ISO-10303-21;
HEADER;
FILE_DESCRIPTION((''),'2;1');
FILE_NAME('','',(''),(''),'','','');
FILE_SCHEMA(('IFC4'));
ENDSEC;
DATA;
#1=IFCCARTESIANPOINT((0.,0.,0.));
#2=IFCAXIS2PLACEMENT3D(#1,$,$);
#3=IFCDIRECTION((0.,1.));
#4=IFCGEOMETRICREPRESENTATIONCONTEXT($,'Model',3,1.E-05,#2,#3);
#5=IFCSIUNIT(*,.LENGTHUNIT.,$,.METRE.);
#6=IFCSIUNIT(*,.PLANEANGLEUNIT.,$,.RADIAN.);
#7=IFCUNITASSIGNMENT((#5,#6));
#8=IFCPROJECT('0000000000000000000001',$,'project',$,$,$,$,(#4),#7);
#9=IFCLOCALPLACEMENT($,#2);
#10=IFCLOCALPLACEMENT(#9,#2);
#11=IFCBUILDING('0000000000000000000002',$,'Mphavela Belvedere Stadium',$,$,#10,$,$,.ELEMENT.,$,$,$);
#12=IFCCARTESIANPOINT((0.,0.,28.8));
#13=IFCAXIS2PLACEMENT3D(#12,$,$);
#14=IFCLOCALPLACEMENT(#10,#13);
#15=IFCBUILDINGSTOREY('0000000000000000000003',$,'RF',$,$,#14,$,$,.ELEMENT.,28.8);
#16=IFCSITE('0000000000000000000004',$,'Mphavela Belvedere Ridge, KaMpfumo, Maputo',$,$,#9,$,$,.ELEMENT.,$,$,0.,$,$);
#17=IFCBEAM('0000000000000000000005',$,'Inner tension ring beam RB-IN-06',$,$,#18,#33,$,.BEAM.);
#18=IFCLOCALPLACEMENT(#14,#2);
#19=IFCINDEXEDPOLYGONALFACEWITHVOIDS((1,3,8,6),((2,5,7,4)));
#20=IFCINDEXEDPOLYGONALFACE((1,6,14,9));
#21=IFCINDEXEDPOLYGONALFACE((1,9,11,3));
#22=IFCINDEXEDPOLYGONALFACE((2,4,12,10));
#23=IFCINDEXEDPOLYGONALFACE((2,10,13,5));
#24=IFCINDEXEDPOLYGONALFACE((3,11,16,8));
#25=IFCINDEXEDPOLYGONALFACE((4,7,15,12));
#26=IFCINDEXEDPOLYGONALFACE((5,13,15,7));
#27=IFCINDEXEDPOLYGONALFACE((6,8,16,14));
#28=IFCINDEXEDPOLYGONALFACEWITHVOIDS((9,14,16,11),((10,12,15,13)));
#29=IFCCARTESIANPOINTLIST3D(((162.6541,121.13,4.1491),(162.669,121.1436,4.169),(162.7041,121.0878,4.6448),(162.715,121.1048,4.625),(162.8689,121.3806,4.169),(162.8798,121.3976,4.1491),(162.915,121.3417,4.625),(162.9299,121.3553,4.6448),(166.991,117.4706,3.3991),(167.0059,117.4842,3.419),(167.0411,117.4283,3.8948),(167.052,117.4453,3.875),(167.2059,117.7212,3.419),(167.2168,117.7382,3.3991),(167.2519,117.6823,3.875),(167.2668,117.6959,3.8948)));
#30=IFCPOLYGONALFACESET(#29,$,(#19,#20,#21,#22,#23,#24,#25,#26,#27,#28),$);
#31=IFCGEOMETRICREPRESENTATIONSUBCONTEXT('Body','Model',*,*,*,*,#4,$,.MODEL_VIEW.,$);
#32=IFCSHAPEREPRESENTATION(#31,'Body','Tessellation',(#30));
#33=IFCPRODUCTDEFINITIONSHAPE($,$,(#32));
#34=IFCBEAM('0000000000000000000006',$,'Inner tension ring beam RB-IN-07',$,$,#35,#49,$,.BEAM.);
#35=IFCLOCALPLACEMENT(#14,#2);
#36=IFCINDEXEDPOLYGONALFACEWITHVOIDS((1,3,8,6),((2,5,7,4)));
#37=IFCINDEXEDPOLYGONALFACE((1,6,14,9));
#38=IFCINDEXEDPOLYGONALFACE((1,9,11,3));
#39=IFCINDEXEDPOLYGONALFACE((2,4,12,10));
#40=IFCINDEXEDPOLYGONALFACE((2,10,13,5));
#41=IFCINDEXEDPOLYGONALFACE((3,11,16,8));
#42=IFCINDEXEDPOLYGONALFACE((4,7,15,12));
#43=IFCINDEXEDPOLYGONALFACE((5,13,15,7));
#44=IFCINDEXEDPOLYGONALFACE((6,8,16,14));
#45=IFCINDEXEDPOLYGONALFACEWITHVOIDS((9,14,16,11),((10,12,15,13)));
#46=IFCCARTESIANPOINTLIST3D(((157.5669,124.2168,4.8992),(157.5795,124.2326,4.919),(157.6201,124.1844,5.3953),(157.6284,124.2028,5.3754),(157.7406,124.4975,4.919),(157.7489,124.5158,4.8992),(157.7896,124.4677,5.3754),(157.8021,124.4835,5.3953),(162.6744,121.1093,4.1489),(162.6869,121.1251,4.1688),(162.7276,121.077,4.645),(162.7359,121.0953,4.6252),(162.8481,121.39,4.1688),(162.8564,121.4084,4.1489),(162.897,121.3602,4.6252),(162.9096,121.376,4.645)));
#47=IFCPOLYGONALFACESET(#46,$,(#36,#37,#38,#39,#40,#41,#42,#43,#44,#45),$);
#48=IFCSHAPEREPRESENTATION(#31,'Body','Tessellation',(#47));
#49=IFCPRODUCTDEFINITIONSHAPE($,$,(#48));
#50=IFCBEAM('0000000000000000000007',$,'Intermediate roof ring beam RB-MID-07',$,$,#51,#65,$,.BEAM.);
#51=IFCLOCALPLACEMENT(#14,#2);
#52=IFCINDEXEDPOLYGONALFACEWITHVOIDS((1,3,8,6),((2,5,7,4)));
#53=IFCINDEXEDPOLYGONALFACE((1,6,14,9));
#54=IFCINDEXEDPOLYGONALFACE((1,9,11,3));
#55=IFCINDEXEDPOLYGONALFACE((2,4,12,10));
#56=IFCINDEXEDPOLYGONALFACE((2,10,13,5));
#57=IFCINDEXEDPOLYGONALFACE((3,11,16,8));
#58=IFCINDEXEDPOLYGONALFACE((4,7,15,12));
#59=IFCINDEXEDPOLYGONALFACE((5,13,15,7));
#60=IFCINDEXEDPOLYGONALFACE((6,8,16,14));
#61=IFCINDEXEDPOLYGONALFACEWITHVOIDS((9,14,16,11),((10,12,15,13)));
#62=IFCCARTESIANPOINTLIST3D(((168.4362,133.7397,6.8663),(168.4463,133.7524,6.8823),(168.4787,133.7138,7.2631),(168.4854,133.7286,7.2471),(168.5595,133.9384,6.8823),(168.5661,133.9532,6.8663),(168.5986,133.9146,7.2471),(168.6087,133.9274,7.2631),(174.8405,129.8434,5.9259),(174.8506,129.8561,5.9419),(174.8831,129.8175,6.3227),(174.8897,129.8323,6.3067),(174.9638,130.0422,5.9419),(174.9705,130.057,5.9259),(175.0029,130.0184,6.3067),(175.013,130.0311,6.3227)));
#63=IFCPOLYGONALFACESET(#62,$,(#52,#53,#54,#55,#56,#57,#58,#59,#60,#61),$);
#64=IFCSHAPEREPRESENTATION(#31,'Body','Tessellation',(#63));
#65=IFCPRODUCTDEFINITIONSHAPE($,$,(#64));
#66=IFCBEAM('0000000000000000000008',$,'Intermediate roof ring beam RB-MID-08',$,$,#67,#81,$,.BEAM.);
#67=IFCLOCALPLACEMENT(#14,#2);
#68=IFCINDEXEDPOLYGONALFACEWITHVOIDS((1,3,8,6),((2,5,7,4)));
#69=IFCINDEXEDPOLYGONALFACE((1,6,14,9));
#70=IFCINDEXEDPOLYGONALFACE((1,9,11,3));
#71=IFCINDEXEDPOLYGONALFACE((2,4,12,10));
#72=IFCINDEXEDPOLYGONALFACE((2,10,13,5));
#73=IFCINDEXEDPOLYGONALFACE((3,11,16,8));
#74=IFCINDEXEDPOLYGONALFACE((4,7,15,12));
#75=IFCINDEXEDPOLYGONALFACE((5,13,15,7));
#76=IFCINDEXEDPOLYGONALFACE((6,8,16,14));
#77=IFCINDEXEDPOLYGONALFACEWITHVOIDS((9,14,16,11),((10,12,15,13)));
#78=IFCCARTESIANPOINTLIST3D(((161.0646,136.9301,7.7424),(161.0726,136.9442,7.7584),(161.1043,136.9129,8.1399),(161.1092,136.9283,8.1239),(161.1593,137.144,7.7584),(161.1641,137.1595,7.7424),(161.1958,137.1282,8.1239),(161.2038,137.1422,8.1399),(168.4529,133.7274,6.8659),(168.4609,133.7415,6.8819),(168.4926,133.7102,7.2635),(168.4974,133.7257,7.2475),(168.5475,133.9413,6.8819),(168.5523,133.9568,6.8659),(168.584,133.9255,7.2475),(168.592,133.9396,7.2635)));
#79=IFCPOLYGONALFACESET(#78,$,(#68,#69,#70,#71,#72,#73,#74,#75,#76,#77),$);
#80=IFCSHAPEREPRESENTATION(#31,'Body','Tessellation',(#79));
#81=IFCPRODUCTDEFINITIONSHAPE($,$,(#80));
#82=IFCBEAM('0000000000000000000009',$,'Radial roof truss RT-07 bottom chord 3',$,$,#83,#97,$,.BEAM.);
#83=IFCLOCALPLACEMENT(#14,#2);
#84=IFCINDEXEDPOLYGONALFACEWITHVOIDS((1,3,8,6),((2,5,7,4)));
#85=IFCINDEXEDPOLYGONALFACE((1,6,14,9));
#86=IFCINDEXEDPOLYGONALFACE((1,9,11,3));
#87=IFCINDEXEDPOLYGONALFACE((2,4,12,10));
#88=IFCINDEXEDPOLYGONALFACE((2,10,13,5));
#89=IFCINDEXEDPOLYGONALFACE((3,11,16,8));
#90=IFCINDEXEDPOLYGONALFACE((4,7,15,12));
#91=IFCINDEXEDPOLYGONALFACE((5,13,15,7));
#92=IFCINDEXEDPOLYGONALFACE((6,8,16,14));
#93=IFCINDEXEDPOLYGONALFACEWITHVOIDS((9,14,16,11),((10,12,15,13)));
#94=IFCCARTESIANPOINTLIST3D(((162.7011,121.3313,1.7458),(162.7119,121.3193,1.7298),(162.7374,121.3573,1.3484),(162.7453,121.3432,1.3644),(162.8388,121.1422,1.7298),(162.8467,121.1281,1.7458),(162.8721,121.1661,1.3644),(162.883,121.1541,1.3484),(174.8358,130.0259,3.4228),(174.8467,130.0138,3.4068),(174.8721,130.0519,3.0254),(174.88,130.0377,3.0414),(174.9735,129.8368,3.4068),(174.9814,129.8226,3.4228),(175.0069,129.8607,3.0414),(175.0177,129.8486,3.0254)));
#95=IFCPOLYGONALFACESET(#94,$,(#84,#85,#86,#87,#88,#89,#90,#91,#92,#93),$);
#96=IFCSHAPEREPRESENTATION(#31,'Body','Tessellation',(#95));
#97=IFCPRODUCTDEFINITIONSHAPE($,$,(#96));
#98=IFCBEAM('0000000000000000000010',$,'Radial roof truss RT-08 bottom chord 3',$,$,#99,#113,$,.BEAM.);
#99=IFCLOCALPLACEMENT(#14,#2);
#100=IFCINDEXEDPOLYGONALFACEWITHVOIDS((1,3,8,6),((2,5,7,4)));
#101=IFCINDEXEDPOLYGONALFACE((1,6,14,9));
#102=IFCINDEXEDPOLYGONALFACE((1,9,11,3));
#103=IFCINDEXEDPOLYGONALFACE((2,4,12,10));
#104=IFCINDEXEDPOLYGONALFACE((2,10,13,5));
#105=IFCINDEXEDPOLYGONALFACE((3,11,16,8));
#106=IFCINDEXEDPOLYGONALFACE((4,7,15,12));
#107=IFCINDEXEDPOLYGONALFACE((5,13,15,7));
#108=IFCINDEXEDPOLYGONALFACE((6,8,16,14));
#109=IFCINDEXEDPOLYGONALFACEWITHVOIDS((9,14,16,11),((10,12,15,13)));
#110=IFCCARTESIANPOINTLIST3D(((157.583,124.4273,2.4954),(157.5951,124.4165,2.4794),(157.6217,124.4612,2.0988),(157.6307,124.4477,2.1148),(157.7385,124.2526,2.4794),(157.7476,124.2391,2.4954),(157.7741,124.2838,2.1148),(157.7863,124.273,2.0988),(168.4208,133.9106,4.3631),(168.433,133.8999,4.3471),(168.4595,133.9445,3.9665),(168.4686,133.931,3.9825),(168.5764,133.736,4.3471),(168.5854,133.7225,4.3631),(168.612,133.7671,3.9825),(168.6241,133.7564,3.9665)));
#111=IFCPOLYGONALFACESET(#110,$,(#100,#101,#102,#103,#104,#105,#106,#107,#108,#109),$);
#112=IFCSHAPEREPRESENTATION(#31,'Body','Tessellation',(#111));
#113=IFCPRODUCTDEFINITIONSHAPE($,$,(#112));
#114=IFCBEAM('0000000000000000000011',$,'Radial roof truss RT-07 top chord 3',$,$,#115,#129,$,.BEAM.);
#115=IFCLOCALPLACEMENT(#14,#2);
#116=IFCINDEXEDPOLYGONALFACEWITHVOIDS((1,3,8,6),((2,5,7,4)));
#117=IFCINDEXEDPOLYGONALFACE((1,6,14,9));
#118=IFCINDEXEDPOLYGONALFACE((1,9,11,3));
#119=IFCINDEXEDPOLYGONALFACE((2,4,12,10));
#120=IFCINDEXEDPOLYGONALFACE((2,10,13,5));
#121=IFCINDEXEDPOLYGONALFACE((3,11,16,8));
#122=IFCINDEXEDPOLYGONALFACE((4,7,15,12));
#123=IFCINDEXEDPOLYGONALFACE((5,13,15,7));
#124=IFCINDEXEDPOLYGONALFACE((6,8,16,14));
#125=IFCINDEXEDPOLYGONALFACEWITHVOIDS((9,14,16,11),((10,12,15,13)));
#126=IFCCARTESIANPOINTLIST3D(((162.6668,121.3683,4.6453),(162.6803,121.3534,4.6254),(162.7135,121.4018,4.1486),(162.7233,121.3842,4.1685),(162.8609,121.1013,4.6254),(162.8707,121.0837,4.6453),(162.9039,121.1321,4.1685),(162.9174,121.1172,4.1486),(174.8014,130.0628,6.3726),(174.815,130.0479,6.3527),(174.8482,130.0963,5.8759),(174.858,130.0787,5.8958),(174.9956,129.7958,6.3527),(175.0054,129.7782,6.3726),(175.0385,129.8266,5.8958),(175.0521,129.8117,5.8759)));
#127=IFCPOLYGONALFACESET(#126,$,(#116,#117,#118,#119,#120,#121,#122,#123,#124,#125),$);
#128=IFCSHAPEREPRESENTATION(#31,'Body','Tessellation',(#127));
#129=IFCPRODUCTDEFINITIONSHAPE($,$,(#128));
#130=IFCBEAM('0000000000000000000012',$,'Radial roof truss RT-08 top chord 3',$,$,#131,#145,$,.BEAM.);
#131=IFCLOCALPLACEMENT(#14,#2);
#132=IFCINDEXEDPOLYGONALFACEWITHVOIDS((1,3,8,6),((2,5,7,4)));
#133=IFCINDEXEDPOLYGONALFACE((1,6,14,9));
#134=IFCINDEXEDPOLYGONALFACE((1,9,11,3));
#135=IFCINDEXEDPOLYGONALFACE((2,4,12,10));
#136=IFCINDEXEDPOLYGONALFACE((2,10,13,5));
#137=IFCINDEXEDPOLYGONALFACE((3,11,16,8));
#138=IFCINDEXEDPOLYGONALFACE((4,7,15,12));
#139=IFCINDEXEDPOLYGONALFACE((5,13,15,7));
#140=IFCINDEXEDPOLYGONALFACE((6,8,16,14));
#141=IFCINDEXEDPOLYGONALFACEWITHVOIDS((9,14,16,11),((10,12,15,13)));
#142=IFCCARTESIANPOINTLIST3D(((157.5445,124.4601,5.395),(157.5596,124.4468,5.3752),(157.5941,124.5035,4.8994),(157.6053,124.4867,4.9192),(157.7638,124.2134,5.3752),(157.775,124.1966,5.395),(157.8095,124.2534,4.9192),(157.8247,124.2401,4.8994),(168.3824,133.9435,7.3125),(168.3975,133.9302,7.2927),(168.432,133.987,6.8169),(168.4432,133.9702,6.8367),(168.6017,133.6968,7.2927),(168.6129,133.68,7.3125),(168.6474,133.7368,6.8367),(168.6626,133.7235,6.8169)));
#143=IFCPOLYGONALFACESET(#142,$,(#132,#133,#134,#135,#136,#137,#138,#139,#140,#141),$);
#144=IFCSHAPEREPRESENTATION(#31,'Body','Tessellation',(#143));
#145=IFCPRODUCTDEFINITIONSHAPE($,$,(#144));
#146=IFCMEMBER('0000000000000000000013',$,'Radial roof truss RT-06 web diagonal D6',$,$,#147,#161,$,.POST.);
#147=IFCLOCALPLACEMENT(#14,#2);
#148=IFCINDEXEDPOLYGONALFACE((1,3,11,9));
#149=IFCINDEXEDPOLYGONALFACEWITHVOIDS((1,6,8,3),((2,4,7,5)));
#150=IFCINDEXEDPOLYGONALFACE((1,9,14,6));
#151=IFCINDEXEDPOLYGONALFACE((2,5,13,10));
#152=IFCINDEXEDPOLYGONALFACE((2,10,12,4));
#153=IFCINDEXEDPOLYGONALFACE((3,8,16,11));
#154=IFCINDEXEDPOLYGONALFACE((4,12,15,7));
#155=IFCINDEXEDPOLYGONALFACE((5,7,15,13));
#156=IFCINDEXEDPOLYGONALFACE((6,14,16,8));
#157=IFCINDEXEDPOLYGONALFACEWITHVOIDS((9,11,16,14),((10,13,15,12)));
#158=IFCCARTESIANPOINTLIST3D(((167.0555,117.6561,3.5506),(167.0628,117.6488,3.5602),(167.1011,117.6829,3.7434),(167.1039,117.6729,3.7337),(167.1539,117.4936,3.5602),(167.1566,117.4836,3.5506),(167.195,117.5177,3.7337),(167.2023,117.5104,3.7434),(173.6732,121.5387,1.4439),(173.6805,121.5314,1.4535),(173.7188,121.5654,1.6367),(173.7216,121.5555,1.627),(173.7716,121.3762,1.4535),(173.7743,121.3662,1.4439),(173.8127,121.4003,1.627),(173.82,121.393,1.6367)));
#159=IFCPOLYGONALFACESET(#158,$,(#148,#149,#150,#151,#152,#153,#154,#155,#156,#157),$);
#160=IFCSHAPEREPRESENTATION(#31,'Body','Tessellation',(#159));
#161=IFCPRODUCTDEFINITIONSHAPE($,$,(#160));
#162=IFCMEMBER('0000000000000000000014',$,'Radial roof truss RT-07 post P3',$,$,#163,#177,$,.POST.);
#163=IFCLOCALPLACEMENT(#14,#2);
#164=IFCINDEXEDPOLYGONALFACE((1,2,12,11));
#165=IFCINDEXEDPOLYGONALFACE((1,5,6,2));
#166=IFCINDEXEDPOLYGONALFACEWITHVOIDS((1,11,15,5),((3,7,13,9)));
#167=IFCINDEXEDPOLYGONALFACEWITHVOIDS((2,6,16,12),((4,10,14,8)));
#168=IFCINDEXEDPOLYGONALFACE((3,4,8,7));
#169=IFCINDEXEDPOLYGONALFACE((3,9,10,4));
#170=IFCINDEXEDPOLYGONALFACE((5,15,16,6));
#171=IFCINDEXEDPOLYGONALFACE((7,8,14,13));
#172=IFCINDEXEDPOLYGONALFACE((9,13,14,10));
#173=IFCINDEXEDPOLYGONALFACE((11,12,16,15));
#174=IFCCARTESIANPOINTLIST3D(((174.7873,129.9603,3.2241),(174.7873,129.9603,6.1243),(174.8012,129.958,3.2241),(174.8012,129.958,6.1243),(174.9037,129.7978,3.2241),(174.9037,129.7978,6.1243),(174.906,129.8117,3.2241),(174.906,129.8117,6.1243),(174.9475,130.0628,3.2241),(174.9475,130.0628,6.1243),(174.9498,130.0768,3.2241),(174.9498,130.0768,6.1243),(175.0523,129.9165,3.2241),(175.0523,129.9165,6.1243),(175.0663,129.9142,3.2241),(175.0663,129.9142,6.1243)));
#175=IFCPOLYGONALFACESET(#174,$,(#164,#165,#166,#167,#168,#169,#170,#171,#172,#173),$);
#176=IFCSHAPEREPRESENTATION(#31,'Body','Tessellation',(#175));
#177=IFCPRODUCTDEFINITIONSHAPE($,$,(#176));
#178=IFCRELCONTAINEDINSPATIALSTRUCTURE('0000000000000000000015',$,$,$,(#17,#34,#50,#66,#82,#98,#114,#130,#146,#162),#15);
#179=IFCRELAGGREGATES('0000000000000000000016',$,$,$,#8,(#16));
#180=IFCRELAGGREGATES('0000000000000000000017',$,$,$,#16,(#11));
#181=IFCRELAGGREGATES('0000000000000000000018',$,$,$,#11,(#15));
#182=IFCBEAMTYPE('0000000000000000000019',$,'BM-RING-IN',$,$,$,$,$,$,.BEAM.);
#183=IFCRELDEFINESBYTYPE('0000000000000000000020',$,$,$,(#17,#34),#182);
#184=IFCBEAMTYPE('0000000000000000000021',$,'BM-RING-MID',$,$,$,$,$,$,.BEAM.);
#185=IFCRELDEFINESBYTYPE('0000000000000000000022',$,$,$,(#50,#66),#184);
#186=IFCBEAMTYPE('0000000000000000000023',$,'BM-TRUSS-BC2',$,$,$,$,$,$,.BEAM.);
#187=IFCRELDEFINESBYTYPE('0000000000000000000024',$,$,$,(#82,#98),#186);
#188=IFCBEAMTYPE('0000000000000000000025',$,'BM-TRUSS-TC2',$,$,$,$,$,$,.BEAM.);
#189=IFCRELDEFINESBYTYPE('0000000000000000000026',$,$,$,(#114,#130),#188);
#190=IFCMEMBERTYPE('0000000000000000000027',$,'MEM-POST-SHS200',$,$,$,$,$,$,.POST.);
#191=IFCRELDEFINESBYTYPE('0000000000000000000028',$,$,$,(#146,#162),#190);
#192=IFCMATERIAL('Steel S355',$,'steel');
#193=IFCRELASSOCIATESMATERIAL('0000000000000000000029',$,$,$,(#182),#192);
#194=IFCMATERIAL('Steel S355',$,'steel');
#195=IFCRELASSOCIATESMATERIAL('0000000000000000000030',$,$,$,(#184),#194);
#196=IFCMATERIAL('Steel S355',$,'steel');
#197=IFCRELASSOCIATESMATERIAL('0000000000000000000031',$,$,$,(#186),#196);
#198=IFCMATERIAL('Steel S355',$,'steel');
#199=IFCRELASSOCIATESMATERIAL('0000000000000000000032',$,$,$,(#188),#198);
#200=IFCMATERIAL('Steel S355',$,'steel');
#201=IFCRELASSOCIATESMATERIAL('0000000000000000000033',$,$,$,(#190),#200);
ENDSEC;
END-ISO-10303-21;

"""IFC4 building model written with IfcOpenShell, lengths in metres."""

from ifc_helpers import new_model, si_unit, direction, frame, origin, origin_2d, place, context, subcontext, project, spatial, hollow_rectangle, extrude, material, material_profile, profile_set, type_object, element, save


model = new_model("IFC4")

# Units and contexts
model_context = context("Model", 3, precision=1e-05, world=origin(), true_north=direction((0.0, 1.0)))
body_context = subcontext(model_context, "Body", "Model", "MODEL_VIEW")
ifc_project = project(units=[si_unit("LENGTHUNIT", "METRE"), si_unit("PLANEANGLEUNIT", "RADIAN")], contexts=[model_context])

# Site, building, storey
site_placement = place(None, origin())
site = spatial("IfcSite", under=ifc_project, at=site_placement, Name="Mphavela Belvedere Ridge, KaMpfumo, Maputo", CompositionType="ELEMENT", RefElevation=0.0)
building_placement = place(site_placement, origin())
building = spatial("IfcBuilding", under=site, at=building_placement, Name="Mphavela Belvedere Stadium", CompositionType="ELEMENT")
storey_placement = place(building_placement, frame((0.0, 0.0, 28.8)))
storey = spatial("IfcBuildingStorey", under=building, at=storey_placement, Name="RF", CompositionType="ELEMENT", Elevation=28.8)

# Beams
ifc_material_1 = material(Name="Steel S355", Category="steel")
ifc_material_profile_1 = material_profile(ifc_material_1, hollow_rectangle(XDim=0.3501, YDim=0.5, WallThickness=0.02, at=origin_2d()), Name="RHS 500x350x20")
ifc_profile_set_1 = profile_set([ifc_material_profile_1], Name="Steel S355")
beam_type_1 = type_object("IfcBeamType", Name="BM-RING-IN", PredefinedType="BEAM", material=ifc_profile_set_1)
beam_1_placement = place(storey_placement, frame((167.1289, 117.5833, 3.647), z_axis=(-0.757689, 0.639327, 0.13103), x_axis=(-0.644887, -0.764278, 0.0)))
element("IfcBeam", 1, at=beam_1_placement, inside=storey, type_object=beam_type_1, Name="Inner tension ring beam RB-IN-06", PredefinedType="BEAM", context=body_context, shape_type="SweptSolid", body=[
    extrude(hollow_rectangle(XDim=0.3501, YDim=0.5, WallThickness=0.02, at=origin_2d()), origin(), (0.0, 0.0, 1.0), 5.7239),
])
beam_2_placement = place(storey_placement, frame((162.792, 121.2427, 4.397), z_axis=(-0.847657, 0.515726, 0.124515), x_axis=(-0.519771, -0.854306, 0.0)))
element("IfcBeam", 2, at=beam_2_placement, inside=storey, type_object=beam_type_1, Name="Inner tension ring beam RB-IN-07", PredefinedType="BEAM", context=body_context, shape_type="SweptSolid", body=[
    extrude(hollow_rectangle(XDim=0.3501, YDim=0.5, WallThickness=0.02, at=origin_2d()), origin(), (0.0, 0.0, 1.0), 6.0254),
])
ifc_material_2 = material(Name="Steel S355", Category="steel")
ifc_material_profile_2 = material_profile(ifc_material_2, hollow_rectangle(XDim=0.25, YDim=0.3999, WallThickness=0.0161, at=origin_2d()), Name="RHS 400x250x16")
ifc_profile_set_2 = profile_set([ifc_material_profile_2], Name="Steel S355")
beam_type_2 = type_object("IfcBeamType", Name="BM-RING-MID", PredefinedType="BEAM", material=ifc_profile_set_2)
beam_3_placement = place(storey_placement, frame((174.9268, 129.9373, 6.1243), z_axis=(-0.847674, 0.515707, 0.124476), x_axis=(-0.51975, -0.854319, 0.0)))
element("IfcBeam", 3, at=beam_3_placement, inside=storey, type_object=beam_type_2, Name="Intermediate roof ring beam RB-MID-07", PredefinedType="BEAM", context=body_context, shape_type="SweptSolid", body=[
    extrude(hollow_rectangle(XDim=0.25, YDim=0.3999, WallThickness=0.0161, at=origin_2d()), origin(), (0.0, 0.0, 1.0), 7.5552),
])
beam_4_placement = place(storey_placement, frame((168.5225, 133.8335, 7.0647), z_axis=(-0.912119, 0.395386, 0.108205), x_axis=(-0.397721, -0.917506, 0.0)))
element("IfcBeam", 4, at=beam_4_placement, inside=storey, type_object=beam_type_2, Name="Intermediate roof ring beam RB-MID-08", PredefinedType="BEAM", context=body_context, shape_type="SweptSolid", body=[
    extrude(hollow_rectangle(XDim=0.25, YDim=0.3999, WallThickness=0.0161, at=origin_2d()), origin(), (0.0, 0.0, 1.0), 8.1001),
])
ifc_material_3 = material(Name="Steel S355", Category="steel")
ifc_material_profile_3 = material_profile(ifc_material_3, hollow_rectangle(XDim=0.25, YDim=0.3999, WallThickness=0.0161, at=origin_2d()), Name="RHS 400x250x16")
ifc_profile_set_3 = profile_set([ifc_material_profile_3], Name="Steel S355")
beam_type_3 = type_object("IfcBeamType", Name="BM-TRUSS-BC2", PredefinedType="BEAM", material=ifc_profile_set_3)
beam_5_placement = place(storey_placement, frame((174.9268, 129.9373, 3.2241), z_axis=(-0.807799, -0.57879, -0.111636), x_axis=(0.58243, -0.812881, 0.0)))
element("IfcBeam", 5, at=beam_5_placement, inside=storey, type_object=beam_type_3, Name="Radial roof truss RT-07 bottom chord 3", PredefinedType="BEAM", context=body_context, shape_type="SweptSolid", body=[
    extrude(hollow_rectangle(XDim=0.25, YDim=0.3999, WallThickness=0.0161, at=origin_2d()), origin(), (0.0, 0.0, 1.0), 15.022),
])
beam_6_placement = place(storey_placement, frame((168.5225, 133.8335, 4.1648), z_axis=(-0.746318, -0.653045, -0.128612), x_axis=(0.658514, -0.752568, 0.0)))
element("IfcBeam", 6, at=beam_6_placement, inside=storey, type_object=beam_type_3, Name="Radial roof truss RT-08 bottom chord 3", PredefinedType="BEAM", context=body_context, shape_type="SweptSolid", body=[
    extrude(hollow_rectangle(XDim=0.25, YDim=0.3999, WallThickness=0.0161, at=origin_2d()), origin(), (0.0, 0.0, 1.0), 14.5217),
])
ifc_material_4 = material(Name="Steel S355", Category="steel")
ifc_material_profile_4 = material_profile(ifc_material_4, hollow_rectangle(XDim=0.3501, YDim=0.5, WallThickness=0.02, at=origin_2d()), Name="RHS 500x350x20")
ifc_profile_set_4 = profile_set([ifc_material_profile_4], Name="Steel S355")
beam_type_4 = type_object("IfcBeamType", Name="BM-TRUSS-TC2", PredefinedType="BEAM", material=ifc_profile_set_4)
beam_7_placement = place(storey_placement, frame((174.9268, 129.9373, 6.1243), z_axis=(-0.807493, -0.57857, -0.114941), x_axis=(0.58243, -0.812881, 0.0)))
element("IfcBeam", 7, at=beam_7_placement, inside=storey, type_object=beam_type_4, Name="Radial roof truss RT-07 top chord 3", PredefinedType="BEAM", context=body_context, shape_type="SweptSolid", body=[
    extrude(hollow_rectangle(XDim=0.3501, YDim=0.5, WallThickness=0.02, at=origin_2d()), origin(), (0.0, 0.0, 1.0), 15.0276),
])
beam_8_placement = place(storey_placement, frame((168.5225, 133.8335, 7.0647), z_axis=(-0.745985, -0.652754, -0.131982), x_axis=(0.658514, -0.752568, 0.0)))
element("IfcBeam", 8, at=beam_8_placement, inside=storey, type_object=beam_type_4, Name="Radial roof truss RT-08 top chord 3", PredefinedType="BEAM", context=body_context, shape_type="SweptSolid", body=[
    extrude(hollow_rectangle(XDim=0.3501, YDim=0.5, WallThickness=0.02, at=origin_2d()), origin(), (0.0, 0.0, 1.0), 14.5283),
])

# Members
ifc_material_5 = material(Name="Steel S355", Category="steel")
ifc_material_profile_5 = material_profile(ifc_material_5, hollow_rectangle(XDim=0.2, YDim=0.2, WallThickness=0.01, at=origin_2d()), Name="SHS 200x200x10")
ifc_profile_set_5 = profile_set([ifc_material_profile_5], Name="Steel S355")
member_type_1 = type_object("IfcMemberType", Name="MEM-POST-SHS200", PredefinedType="POST", material=ifc_profile_set_5)
member_1_placement = place(storey_placement, frame((173.7466, 121.4658, 1.5403), z_axis=(-0.831731, -0.487974, 0.264775), x_axis=(0.506034, -0.862514, 0.0)))
element("IfcMember", 9, at=member_1_placement, inside=storey, type_object=member_type_1, Name="Radial roof truss RT-06 web diagonal D6", PredefinedType="POST", context=body_context, shape_type="SweptSolid", body=[
    extrude(hollow_rectangle(XDim=0.2, YDim=0.2, WallThickness=0.01, at=origin_2d()), origin(), (0.0, 0.0, 1.0), 7.9565),
])
member_2_placement = place(storey_placement, frame((174.9268, 129.9373, 3.2241), z_axis=(0.0, 0.0, 1.0), x_axis=(0.812898, 0.582407, 0.0)))
element("IfcMember", 10, at=member_2_placement, inside=storey, type_object=member_type_1, Name="Radial roof truss RT-07 post P3", PredefinedType="POST", context=body_context, shape_type="SweptSolid", body=[
    extrude(hollow_rectangle(XDim=0.2, YDim=0.2, WallThickness=0.01, at=origin_2d()), origin(), (0.0, 0.0, 1.0), 2.9001),
])

save(model, "model.ifc")
